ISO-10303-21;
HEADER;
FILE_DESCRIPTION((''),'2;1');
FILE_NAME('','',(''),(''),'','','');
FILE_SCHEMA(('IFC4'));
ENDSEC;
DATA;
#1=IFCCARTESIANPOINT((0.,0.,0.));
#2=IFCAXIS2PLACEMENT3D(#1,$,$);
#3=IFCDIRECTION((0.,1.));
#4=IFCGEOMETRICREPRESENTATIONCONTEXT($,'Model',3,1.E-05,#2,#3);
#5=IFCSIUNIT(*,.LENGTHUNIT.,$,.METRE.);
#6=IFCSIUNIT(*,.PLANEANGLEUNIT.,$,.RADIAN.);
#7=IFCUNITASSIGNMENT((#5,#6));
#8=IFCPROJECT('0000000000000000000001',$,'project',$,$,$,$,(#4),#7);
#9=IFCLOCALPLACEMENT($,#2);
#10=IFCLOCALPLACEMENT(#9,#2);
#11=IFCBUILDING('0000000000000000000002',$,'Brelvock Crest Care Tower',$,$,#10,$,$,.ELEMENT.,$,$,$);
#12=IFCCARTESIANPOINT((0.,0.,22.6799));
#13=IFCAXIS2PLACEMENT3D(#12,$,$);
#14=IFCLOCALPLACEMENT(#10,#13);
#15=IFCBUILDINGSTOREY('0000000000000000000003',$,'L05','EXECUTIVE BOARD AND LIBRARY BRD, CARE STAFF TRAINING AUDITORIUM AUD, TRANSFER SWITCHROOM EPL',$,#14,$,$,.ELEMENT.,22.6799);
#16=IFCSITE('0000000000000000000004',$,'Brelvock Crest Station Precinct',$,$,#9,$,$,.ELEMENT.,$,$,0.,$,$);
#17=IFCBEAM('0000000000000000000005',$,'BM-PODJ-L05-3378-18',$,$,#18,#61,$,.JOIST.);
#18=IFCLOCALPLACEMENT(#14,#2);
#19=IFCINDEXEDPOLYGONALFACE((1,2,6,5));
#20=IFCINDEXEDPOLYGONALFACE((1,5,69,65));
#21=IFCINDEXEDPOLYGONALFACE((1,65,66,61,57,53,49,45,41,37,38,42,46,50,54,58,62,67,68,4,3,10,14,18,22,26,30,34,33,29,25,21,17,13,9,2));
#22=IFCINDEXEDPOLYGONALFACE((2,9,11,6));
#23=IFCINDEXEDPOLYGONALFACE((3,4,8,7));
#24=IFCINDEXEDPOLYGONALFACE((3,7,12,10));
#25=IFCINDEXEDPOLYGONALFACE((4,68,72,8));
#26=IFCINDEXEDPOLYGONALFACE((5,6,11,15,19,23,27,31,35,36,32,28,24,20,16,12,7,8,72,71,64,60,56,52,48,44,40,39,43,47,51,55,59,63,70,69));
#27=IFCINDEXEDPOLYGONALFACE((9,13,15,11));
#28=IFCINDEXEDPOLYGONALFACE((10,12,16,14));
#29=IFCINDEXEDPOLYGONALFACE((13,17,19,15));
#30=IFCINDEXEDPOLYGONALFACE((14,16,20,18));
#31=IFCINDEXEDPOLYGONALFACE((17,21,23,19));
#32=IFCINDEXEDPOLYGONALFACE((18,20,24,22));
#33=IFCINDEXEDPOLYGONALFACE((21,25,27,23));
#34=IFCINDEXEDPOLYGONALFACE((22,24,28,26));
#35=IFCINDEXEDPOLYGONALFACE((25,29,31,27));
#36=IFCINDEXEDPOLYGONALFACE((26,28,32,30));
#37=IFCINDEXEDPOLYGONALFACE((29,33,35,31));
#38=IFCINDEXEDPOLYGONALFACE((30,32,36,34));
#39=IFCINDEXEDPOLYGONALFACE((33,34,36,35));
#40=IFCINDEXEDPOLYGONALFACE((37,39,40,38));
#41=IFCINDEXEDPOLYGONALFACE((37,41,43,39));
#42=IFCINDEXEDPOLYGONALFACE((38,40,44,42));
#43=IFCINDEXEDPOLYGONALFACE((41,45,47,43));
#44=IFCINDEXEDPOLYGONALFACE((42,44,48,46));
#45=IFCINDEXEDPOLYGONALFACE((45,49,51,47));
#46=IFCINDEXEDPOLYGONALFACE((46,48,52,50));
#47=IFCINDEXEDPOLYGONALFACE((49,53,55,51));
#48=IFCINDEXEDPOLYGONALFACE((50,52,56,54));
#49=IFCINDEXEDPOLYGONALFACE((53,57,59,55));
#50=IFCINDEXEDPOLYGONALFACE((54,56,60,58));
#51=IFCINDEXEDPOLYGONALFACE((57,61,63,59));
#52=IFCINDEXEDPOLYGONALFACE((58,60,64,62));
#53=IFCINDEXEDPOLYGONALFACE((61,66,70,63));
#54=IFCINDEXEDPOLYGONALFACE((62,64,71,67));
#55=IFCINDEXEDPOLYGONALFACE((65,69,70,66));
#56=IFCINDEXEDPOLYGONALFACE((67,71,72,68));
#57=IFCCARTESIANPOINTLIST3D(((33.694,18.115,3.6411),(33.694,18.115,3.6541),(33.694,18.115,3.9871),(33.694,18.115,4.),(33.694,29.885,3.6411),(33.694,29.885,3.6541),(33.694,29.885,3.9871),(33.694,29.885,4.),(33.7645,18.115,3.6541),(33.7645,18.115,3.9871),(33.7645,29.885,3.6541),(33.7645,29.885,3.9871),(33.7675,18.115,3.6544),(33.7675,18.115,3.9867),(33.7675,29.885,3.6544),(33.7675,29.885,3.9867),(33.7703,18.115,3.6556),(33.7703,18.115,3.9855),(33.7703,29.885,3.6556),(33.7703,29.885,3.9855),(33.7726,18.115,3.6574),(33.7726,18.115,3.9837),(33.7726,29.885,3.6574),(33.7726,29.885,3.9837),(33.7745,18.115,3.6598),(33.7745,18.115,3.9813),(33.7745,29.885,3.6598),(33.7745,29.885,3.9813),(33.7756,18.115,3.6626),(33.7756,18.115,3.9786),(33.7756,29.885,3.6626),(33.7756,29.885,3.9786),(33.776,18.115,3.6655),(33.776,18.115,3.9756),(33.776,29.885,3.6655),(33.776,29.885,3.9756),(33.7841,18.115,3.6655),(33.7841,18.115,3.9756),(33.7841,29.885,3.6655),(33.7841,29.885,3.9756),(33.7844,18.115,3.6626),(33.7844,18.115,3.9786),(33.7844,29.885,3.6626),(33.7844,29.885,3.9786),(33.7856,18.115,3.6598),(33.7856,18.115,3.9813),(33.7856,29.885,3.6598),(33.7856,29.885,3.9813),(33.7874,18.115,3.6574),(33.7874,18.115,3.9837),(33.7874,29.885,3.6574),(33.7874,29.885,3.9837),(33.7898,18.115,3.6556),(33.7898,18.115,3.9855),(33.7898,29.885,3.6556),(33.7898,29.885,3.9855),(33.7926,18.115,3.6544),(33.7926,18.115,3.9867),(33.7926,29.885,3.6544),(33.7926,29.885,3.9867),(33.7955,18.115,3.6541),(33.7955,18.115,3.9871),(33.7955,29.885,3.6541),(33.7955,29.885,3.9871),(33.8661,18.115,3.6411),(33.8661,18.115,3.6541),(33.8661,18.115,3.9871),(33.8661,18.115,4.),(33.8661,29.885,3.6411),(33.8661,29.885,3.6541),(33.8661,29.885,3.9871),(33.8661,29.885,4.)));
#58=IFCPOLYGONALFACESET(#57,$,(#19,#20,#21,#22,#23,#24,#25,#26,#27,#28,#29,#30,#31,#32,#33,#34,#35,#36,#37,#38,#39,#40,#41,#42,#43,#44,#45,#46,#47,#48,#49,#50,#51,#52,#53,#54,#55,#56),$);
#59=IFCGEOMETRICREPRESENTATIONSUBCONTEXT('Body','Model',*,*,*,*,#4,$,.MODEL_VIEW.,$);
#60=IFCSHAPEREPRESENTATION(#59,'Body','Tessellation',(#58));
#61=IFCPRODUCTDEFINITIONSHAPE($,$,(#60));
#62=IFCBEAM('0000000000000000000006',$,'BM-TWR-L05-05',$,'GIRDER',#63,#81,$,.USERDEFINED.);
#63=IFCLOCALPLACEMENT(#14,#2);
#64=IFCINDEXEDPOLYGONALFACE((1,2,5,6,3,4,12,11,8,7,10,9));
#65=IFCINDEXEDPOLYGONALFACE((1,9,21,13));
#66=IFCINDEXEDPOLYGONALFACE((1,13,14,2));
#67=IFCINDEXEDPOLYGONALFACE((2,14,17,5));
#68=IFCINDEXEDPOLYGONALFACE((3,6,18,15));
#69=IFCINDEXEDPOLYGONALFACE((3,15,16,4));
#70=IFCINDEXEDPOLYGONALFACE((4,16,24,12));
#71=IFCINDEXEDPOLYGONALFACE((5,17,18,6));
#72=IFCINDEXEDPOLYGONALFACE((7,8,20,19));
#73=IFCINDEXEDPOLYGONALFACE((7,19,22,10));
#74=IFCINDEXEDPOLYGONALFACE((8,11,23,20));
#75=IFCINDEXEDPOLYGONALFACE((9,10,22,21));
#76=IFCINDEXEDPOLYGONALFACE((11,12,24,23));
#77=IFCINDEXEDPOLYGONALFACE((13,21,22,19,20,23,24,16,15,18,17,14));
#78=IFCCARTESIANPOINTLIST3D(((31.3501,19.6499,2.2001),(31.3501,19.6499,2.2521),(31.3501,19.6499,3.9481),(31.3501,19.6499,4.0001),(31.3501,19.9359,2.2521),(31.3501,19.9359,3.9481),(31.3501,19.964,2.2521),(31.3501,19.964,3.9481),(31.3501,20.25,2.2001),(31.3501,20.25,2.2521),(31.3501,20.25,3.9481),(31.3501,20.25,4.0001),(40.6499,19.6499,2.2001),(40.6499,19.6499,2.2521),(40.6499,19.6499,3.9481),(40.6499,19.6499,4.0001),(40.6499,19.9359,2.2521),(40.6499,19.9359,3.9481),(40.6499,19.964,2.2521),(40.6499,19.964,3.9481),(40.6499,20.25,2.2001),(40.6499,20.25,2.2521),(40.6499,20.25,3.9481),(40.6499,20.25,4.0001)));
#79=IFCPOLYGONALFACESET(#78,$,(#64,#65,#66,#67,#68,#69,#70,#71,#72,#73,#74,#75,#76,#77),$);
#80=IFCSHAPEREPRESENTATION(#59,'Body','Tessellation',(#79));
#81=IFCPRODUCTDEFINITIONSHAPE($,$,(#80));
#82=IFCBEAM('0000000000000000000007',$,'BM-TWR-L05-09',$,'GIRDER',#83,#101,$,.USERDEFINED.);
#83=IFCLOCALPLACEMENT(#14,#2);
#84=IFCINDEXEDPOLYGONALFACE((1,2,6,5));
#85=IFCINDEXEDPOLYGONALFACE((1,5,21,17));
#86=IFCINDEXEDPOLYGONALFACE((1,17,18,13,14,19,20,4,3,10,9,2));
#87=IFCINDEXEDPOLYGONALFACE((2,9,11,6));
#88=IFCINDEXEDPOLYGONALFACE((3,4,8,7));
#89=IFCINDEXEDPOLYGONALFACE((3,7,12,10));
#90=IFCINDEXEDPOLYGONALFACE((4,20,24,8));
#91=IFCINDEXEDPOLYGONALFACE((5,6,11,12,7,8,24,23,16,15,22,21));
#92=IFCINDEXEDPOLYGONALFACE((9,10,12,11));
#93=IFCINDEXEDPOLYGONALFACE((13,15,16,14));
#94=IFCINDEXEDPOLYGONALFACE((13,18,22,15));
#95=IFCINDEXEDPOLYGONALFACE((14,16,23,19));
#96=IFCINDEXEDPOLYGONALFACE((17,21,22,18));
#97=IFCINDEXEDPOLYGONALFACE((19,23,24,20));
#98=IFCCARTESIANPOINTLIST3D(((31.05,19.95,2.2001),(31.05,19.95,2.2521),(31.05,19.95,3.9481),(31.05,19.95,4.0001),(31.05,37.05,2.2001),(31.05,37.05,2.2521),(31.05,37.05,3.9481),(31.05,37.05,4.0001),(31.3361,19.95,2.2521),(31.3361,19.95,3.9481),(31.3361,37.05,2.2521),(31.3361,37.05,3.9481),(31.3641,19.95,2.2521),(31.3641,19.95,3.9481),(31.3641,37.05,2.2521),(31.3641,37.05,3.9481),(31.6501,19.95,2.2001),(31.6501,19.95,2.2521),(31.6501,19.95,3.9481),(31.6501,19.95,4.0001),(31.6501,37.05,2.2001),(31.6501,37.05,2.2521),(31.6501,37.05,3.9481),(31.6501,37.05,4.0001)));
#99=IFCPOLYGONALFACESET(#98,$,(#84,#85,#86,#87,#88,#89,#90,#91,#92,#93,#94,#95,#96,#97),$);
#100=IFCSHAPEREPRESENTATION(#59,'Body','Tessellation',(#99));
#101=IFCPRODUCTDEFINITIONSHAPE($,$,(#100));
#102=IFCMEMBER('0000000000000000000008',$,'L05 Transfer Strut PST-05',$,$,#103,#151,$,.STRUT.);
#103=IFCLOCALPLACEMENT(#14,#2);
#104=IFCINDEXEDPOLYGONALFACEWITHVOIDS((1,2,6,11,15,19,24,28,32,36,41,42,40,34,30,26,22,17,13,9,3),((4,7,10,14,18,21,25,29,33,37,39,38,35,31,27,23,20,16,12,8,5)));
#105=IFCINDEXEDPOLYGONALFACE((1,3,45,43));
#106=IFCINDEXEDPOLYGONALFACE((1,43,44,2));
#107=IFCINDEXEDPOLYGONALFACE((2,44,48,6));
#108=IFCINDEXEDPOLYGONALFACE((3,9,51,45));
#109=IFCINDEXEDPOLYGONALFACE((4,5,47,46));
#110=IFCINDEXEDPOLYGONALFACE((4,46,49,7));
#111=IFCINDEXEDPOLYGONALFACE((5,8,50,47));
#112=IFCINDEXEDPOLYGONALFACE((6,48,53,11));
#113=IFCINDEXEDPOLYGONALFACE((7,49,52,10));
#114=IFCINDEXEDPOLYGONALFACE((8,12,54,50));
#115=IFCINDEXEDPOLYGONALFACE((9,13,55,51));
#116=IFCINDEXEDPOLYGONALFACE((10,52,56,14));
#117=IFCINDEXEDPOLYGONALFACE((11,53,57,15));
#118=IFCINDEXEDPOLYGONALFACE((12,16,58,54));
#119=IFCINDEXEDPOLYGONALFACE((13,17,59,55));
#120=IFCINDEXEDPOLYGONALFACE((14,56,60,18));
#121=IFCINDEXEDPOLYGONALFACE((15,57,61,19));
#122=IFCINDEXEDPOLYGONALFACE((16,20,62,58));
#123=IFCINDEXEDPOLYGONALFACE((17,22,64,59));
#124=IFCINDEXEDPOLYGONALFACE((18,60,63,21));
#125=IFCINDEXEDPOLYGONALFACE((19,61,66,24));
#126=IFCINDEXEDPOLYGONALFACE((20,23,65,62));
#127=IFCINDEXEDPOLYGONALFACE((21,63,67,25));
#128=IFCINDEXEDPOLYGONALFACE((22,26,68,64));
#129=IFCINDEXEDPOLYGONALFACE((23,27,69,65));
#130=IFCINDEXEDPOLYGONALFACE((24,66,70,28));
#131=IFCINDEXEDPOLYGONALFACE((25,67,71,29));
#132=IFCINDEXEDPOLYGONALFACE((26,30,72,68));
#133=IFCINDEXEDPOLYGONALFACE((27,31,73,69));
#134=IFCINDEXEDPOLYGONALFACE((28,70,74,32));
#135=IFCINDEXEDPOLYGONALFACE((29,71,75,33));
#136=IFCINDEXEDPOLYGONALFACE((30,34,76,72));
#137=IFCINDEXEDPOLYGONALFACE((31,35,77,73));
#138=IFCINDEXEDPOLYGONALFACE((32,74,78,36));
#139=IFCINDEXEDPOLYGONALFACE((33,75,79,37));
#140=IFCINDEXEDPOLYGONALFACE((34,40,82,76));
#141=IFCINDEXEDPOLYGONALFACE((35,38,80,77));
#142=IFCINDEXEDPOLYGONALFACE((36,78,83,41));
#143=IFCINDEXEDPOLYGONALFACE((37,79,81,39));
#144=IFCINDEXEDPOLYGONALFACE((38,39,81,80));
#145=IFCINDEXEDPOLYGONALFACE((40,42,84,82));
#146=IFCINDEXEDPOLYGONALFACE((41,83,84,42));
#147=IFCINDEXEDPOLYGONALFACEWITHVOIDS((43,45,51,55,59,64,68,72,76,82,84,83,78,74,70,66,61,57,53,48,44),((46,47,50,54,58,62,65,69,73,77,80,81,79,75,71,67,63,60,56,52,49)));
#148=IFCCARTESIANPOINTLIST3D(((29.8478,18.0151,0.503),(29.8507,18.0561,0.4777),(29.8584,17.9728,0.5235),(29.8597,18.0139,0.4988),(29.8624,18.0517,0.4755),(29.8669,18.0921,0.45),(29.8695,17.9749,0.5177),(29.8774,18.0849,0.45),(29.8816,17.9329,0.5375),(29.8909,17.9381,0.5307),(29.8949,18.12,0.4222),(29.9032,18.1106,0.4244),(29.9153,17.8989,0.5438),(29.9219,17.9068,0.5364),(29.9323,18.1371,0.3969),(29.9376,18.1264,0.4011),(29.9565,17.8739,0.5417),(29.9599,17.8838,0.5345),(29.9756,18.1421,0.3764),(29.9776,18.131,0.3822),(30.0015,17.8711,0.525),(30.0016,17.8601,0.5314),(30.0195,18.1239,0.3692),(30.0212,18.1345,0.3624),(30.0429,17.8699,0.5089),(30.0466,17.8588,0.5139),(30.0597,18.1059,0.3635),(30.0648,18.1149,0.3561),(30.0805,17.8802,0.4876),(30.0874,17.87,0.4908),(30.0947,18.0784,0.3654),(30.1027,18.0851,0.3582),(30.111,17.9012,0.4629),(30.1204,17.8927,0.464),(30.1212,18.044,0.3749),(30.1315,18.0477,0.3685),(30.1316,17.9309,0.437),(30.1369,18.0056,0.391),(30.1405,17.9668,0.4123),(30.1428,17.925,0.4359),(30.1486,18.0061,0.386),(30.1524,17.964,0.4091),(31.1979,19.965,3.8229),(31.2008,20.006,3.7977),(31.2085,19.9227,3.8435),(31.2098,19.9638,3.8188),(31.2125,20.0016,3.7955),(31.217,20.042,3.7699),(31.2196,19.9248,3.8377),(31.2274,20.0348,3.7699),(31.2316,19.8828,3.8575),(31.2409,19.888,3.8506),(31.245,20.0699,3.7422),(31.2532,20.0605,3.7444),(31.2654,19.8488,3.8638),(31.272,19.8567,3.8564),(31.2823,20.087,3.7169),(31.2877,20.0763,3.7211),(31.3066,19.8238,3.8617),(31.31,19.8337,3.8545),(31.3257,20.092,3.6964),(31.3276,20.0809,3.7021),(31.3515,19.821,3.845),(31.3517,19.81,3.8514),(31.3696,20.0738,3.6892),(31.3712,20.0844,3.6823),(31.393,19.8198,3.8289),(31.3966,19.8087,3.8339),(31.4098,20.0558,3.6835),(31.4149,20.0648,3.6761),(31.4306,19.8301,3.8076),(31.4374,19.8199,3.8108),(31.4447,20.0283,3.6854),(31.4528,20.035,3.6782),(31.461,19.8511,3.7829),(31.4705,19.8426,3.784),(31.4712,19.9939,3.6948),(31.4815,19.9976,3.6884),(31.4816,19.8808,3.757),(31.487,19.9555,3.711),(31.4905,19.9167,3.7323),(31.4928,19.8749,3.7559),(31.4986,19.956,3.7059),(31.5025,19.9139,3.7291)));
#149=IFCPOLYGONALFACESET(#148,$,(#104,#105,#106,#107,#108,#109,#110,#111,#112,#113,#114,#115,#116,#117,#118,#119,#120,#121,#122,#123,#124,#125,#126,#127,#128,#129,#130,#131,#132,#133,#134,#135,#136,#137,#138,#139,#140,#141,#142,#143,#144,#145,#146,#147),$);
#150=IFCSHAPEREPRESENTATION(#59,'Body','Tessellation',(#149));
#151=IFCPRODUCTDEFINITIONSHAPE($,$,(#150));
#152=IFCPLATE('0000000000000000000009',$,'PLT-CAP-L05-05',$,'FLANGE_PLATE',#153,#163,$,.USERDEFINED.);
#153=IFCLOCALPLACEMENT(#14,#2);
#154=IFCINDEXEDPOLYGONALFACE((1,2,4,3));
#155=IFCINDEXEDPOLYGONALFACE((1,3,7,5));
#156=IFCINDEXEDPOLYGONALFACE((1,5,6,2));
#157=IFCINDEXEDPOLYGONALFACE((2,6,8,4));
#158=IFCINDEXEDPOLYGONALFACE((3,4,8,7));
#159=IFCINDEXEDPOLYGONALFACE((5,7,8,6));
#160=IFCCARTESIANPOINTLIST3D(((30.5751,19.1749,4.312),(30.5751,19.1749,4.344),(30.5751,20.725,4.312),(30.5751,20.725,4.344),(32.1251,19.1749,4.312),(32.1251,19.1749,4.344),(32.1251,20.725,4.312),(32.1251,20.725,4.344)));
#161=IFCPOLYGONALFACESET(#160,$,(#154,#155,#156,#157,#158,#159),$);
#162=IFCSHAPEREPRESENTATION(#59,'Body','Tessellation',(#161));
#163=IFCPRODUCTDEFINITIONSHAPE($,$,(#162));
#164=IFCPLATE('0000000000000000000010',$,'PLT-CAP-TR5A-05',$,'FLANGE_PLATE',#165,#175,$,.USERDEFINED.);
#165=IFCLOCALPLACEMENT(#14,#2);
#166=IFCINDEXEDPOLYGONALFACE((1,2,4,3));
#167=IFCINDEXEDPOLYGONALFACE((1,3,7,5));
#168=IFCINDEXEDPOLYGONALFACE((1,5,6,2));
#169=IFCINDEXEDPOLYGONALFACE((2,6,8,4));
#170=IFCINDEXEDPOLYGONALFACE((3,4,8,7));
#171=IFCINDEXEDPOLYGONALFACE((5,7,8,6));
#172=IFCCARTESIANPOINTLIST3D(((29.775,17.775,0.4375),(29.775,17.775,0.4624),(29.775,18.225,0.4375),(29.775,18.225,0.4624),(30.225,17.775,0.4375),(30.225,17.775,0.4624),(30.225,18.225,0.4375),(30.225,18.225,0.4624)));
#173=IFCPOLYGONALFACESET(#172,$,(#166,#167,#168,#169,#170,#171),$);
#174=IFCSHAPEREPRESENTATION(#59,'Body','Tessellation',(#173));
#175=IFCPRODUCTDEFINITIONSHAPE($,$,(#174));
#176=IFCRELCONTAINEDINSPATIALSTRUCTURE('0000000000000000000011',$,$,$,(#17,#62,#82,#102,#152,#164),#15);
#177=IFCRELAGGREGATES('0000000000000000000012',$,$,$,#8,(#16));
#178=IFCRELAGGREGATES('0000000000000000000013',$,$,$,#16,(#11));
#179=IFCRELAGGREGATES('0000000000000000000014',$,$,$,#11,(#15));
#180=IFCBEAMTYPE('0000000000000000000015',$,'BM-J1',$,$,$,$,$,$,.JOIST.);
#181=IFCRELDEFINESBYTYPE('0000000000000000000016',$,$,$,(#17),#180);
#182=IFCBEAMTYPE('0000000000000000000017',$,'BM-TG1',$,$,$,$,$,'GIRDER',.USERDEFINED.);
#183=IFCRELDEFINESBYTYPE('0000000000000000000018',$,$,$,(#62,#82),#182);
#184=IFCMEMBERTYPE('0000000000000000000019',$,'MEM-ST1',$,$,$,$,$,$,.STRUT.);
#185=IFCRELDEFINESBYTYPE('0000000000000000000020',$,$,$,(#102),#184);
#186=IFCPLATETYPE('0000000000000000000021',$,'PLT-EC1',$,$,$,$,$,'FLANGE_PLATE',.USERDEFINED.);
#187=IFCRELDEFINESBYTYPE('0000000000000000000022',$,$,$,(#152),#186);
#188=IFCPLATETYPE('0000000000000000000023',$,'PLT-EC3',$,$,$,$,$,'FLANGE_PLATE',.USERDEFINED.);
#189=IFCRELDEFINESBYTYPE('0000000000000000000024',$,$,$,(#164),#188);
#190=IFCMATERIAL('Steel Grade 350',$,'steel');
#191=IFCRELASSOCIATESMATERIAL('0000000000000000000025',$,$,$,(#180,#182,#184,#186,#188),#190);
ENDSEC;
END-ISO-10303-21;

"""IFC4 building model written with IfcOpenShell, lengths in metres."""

from ifc_helpers import new_model, si_unit, direction, frame, origin, origin_2d, place, context, subcontext, project, spatial, rectangle, hollow_circle, i_section, extrude, source, transform, mapped, material, material_profile, profile_set, type_object, element, save


model = new_model("IFC4")

# Units and contexts
model_context = context("Model", 3, precision=1e-05, world=origin(), true_north=direction((0.0, 1.0)))
body_context = subcontext(model_context, "Body", "Model", "MODEL_VIEW")
ifc_project = project(units=[si_unit("LENGTHUNIT", "METRE"), si_unit("PLANEANGLEUNIT", "RADIAN")], contexts=[model_context])

# Site, building, storey
site_placement = place(None, origin())
site = spatial("IfcSite", under=ifc_project, at=site_placement, Name="Brelvock Crest Station Precinct", CompositionType="ELEMENT", RefElevation=0.0)
building_placement = place(site_placement, origin())
building = spatial("IfcBuilding", under=site, at=building_placement, Name="Brelvock Crest Care Tower", CompositionType="ELEMENT")
storey_placement = place(building_placement, frame((0.0, 0.0, 22.6799)))
storey = spatial("IfcBuildingStorey", under=building, at=storey_placement, Name="L05", Description="EXECUTIVE BOARD AND LIBRARY BRD, CARE STAFF TRAINING AUDITORIUM AUD, TRANSFER SWITCHROOM EPL", CompositionType="ELEMENT", Elevation=22.6799)

# Shared definitions
ifc_material_1 = material(Name="Steel Grade 350", Category="steel")

# Beams
ifc_material_profile_1 = material_profile(ifc_material_1, i_section(OverallWidth=0.1721, OverallDepth=0.3589, WebThickness=0.0081, FlangeThickness=0.0129, FilletRadius=0.0115, at=origin_2d()), Name="360UB56.7")
ifc_profile_set_1 = profile_set([ifc_material_profile_1], Name="Steel Grade 350")
beam_type_1 = type_object("IfcBeamType", Name="BM-J1", PredefinedType="JOIST", material=ifc_profile_set_1)
shared_shape_1 = source(origin(), body_context, "Body", "SweptSolid", [
    extrude(i_section(OverallWidth=0.1721, OverallDepth=0.3589, WebThickness=0.0081, FlangeThickness=0.0129, FilletRadius=0.0115, at=origin_2d()), origin(), (0.0, 0.0, 1.0), 11.77),
])
for number, where, z_axis, x_axis, name in (
    (1, (33.78, 18.115, 3.8206), (0.0, 1.0, 0.0), (-1.0, 0.0, 0.0), "BM-PODJ-L05-3378-18"),
):
    element("IfcBeam", number, at=place(storey_placement, frame(where, z_axis=z_axis, x_axis=x_axis)), inside=storey, type_object=beam_type_1, Name=name, PredefinedType="JOIST", context=body_context, shape_type="MappedRepresentation", body=[
        mapped(shared_shape_1, transform((0.0, 0.0, 0.0), x_axis=(1.0, 0.0, 0.0), y_axis=(0.0, 1.0, 0.0), z_axis=(0.0, 0.0, 1.0), scale=1.0)),
    ])
ifc_material_profile_2 = material_profile(ifc_material_1, i_section(OverallWidth=0.6001, OverallDepth=1.8, WebThickness=0.0281, FlangeThickness=0.052, at=origin_2d()), Name="1800TG740")
ifc_profile_set_2 = profile_set([ifc_material_profile_2], Name="Steel Grade 350")
beam_type_2 = type_object("IfcBeamType", Name="BM-TG1", ElementType="GIRDER", PredefinedType="USERDEFINED", material=ifc_profile_set_2)
shared_shape_2 = source(origin(), body_context, "Body", "SweptSolid", [
    extrude(i_section(OverallWidth=0.6001, OverallDepth=1.8, WebThickness=0.0281, FlangeThickness=0.052, at=origin_2d()), origin(), (0.0, 0.0, 1.0), 9.2998),
])
beam_1_placement = place(storey_placement, frame((31.3501, 19.95, 3.1001), z_axis=(1.0, 0.0, 0.0), x_axis=(0.0, 1.0, 0.0)))
element("IfcBeam", 2, at=beam_1_placement, inside=storey, type_object=beam_type_2, Name="BM-TWR-L05-05", ObjectType="GIRDER", PredefinedType="USERDEFINED", context=body_context, shape_type="MappedRepresentation", body=[
    mapped(shared_shape_2, transform((0.0, 0.0, 0.0), x_axis=(1.0, 0.0, 0.0), y_axis=(0.0, 1.0, 0.0), z_axis=(0.0, 0.0, 1.0), scale=1.0)),
])
shared_shape_3 = source(origin(), body_context, "Body", "SweptSolid", [
    extrude(i_section(OverallWidth=0.6001, OverallDepth=1.8, WebThickness=0.0281, FlangeThickness=0.052, at=origin_2d()), origin(), (0.0, 0.0, 1.0), 17.1001),
])
beam_2_placement = place(storey_placement, frame((31.3501, 19.95, 3.1001), z_axis=(0.0, 1.0, 0.0), x_axis=(-1.0, 0.0, 0.0)))
element("IfcBeam", 3, at=beam_2_placement, inside=storey, type_object=beam_type_2, Name="BM-TWR-L05-09", ObjectType="GIRDER", PredefinedType="USERDEFINED", context=body_context, shape_type="MappedRepresentation", body=[
    mapped(shared_shape_3, transform((0.0, 0.0, 0.0), x_axis=(1.0, 0.0, 0.0), y_axis=(0.0, 1.0, 0.0), z_axis=(0.0, 0.0, 1.0), scale=1.0)),
])

# Member
ifc_material_profile_3 = material_profile(ifc_material_1, hollow_circle(Radius=0.1619, WallThickness=0.0127, at=origin_2d()), Name="CHS323.9x12.7")
ifc_profile_set_3 = profile_set([ifc_material_profile_3], Name="Steel Grade 350")
member_type = type_object("IfcMemberType", Name="MEM-ST1", PredefinedType="STRUT", material=ifc_profile_set_3)
shared_shape_4 = source(origin(), body_context, "Body", "SweptSolid", [
    extrude(hollow_circle(Radius=0.1619, WallThickness=0.0127, at=origin_2d()), origin(), (0.0, 0.0, 1.0), 4.0801),
])
member_placement = place(storey_placement, frame((30.0, 18.0, 0.45), z_axis=(0.330891, 0.477907, 0.813705), x_axis=(-0.822166, 0.569247, 0.0)))
element("IfcMember", 4, at=member_placement, inside=storey, type_object=member_type, Name="L05 Transfer Strut PST-05", PredefinedType="STRUT", context=body_context, shape_type="MappedRepresentation", body=[
    mapped(shared_shape_4, transform((0.0, 0.0, 0.0), x_axis=(1.0, 0.0, 0.0), y_axis=(0.0, 1.0, 0.0), z_axis=(0.0, 0.0, 1.0), scale=1.0)),
])

# Plates
plate_type_1 = type_object("IfcPlateType", Name="PLT-EC1", ElementType="FLANGE_PLATE", PredefinedType="USERDEFINED", material=ifc_material_1)
shared_shape_5 = source(origin(), body_context, "Body", "SweptSolid", [
    extrude(rectangle(XDim=1.55, YDim=1.55, at=origin_2d()), origin(), (0.0, 0.0, 1.0), 0.032),
])
plate_placement = place(storey_placement, frame((31.3501, 19.95, 4.312), z_axis=(0.0, 0.0, 1.0), x_axis=(1.0, 0.0, 0.0)))
element("IfcPlate", 5, at=plate_placement, inside=storey, type_object=plate_type_1, Name="PLT-CAP-L05-05", ObjectType="FLANGE_PLATE", PredefinedType="USERDEFINED", context=body_context, shape_type="MappedRepresentation", body=[
    mapped(shared_shape_5, transform((0.0, 0.0, 0.0), x_axis=(1.0, 0.0, 0.0), y_axis=(0.0, 1.0, 0.0), z_axis=(0.0, 0.0, 1.0), scale=1.0)),
])
plate_type_2 = type_object("IfcPlateType", Name="PLT-EC3", ElementType="FLANGE_PLATE", PredefinedType="USERDEFINED", material=ifc_material_1)
shared_shape_6 = source(origin(), body_context, "Body", "SweptSolid", [
    extrude(rectangle(XDim=0.45, YDim=0.45, at=origin_2d()), origin(), (0.0, 0.0, 1.0), 0.0249),
])
for number, where, z_axis, x_axis, name in (
    (6, (30.0, 18.0, 0.4375), (0.0, 0.0, 1.0), (1.0, 0.0, 0.0), "PLT-CAP-TR5A-05"),
):
    element("IfcPlate", number, at=place(storey_placement, frame(where, z_axis=z_axis, x_axis=x_axis)), inside=storey, type_object=plate_type_2, Name=name, ObjectType="FLANGE_PLATE", PredefinedType="USERDEFINED", context=body_context, shape_type="MappedRepresentation", body=[
        mapped(shared_shape_6, transform((0.0, 0.0, 0.0), x_axis=(1.0, 0.0, 0.0), y_axis=(0.0, 1.0, 0.0), z_axis=(0.0, 0.0, 1.0), scale=1.0)),
    ])

save(model, "model.ifc")
